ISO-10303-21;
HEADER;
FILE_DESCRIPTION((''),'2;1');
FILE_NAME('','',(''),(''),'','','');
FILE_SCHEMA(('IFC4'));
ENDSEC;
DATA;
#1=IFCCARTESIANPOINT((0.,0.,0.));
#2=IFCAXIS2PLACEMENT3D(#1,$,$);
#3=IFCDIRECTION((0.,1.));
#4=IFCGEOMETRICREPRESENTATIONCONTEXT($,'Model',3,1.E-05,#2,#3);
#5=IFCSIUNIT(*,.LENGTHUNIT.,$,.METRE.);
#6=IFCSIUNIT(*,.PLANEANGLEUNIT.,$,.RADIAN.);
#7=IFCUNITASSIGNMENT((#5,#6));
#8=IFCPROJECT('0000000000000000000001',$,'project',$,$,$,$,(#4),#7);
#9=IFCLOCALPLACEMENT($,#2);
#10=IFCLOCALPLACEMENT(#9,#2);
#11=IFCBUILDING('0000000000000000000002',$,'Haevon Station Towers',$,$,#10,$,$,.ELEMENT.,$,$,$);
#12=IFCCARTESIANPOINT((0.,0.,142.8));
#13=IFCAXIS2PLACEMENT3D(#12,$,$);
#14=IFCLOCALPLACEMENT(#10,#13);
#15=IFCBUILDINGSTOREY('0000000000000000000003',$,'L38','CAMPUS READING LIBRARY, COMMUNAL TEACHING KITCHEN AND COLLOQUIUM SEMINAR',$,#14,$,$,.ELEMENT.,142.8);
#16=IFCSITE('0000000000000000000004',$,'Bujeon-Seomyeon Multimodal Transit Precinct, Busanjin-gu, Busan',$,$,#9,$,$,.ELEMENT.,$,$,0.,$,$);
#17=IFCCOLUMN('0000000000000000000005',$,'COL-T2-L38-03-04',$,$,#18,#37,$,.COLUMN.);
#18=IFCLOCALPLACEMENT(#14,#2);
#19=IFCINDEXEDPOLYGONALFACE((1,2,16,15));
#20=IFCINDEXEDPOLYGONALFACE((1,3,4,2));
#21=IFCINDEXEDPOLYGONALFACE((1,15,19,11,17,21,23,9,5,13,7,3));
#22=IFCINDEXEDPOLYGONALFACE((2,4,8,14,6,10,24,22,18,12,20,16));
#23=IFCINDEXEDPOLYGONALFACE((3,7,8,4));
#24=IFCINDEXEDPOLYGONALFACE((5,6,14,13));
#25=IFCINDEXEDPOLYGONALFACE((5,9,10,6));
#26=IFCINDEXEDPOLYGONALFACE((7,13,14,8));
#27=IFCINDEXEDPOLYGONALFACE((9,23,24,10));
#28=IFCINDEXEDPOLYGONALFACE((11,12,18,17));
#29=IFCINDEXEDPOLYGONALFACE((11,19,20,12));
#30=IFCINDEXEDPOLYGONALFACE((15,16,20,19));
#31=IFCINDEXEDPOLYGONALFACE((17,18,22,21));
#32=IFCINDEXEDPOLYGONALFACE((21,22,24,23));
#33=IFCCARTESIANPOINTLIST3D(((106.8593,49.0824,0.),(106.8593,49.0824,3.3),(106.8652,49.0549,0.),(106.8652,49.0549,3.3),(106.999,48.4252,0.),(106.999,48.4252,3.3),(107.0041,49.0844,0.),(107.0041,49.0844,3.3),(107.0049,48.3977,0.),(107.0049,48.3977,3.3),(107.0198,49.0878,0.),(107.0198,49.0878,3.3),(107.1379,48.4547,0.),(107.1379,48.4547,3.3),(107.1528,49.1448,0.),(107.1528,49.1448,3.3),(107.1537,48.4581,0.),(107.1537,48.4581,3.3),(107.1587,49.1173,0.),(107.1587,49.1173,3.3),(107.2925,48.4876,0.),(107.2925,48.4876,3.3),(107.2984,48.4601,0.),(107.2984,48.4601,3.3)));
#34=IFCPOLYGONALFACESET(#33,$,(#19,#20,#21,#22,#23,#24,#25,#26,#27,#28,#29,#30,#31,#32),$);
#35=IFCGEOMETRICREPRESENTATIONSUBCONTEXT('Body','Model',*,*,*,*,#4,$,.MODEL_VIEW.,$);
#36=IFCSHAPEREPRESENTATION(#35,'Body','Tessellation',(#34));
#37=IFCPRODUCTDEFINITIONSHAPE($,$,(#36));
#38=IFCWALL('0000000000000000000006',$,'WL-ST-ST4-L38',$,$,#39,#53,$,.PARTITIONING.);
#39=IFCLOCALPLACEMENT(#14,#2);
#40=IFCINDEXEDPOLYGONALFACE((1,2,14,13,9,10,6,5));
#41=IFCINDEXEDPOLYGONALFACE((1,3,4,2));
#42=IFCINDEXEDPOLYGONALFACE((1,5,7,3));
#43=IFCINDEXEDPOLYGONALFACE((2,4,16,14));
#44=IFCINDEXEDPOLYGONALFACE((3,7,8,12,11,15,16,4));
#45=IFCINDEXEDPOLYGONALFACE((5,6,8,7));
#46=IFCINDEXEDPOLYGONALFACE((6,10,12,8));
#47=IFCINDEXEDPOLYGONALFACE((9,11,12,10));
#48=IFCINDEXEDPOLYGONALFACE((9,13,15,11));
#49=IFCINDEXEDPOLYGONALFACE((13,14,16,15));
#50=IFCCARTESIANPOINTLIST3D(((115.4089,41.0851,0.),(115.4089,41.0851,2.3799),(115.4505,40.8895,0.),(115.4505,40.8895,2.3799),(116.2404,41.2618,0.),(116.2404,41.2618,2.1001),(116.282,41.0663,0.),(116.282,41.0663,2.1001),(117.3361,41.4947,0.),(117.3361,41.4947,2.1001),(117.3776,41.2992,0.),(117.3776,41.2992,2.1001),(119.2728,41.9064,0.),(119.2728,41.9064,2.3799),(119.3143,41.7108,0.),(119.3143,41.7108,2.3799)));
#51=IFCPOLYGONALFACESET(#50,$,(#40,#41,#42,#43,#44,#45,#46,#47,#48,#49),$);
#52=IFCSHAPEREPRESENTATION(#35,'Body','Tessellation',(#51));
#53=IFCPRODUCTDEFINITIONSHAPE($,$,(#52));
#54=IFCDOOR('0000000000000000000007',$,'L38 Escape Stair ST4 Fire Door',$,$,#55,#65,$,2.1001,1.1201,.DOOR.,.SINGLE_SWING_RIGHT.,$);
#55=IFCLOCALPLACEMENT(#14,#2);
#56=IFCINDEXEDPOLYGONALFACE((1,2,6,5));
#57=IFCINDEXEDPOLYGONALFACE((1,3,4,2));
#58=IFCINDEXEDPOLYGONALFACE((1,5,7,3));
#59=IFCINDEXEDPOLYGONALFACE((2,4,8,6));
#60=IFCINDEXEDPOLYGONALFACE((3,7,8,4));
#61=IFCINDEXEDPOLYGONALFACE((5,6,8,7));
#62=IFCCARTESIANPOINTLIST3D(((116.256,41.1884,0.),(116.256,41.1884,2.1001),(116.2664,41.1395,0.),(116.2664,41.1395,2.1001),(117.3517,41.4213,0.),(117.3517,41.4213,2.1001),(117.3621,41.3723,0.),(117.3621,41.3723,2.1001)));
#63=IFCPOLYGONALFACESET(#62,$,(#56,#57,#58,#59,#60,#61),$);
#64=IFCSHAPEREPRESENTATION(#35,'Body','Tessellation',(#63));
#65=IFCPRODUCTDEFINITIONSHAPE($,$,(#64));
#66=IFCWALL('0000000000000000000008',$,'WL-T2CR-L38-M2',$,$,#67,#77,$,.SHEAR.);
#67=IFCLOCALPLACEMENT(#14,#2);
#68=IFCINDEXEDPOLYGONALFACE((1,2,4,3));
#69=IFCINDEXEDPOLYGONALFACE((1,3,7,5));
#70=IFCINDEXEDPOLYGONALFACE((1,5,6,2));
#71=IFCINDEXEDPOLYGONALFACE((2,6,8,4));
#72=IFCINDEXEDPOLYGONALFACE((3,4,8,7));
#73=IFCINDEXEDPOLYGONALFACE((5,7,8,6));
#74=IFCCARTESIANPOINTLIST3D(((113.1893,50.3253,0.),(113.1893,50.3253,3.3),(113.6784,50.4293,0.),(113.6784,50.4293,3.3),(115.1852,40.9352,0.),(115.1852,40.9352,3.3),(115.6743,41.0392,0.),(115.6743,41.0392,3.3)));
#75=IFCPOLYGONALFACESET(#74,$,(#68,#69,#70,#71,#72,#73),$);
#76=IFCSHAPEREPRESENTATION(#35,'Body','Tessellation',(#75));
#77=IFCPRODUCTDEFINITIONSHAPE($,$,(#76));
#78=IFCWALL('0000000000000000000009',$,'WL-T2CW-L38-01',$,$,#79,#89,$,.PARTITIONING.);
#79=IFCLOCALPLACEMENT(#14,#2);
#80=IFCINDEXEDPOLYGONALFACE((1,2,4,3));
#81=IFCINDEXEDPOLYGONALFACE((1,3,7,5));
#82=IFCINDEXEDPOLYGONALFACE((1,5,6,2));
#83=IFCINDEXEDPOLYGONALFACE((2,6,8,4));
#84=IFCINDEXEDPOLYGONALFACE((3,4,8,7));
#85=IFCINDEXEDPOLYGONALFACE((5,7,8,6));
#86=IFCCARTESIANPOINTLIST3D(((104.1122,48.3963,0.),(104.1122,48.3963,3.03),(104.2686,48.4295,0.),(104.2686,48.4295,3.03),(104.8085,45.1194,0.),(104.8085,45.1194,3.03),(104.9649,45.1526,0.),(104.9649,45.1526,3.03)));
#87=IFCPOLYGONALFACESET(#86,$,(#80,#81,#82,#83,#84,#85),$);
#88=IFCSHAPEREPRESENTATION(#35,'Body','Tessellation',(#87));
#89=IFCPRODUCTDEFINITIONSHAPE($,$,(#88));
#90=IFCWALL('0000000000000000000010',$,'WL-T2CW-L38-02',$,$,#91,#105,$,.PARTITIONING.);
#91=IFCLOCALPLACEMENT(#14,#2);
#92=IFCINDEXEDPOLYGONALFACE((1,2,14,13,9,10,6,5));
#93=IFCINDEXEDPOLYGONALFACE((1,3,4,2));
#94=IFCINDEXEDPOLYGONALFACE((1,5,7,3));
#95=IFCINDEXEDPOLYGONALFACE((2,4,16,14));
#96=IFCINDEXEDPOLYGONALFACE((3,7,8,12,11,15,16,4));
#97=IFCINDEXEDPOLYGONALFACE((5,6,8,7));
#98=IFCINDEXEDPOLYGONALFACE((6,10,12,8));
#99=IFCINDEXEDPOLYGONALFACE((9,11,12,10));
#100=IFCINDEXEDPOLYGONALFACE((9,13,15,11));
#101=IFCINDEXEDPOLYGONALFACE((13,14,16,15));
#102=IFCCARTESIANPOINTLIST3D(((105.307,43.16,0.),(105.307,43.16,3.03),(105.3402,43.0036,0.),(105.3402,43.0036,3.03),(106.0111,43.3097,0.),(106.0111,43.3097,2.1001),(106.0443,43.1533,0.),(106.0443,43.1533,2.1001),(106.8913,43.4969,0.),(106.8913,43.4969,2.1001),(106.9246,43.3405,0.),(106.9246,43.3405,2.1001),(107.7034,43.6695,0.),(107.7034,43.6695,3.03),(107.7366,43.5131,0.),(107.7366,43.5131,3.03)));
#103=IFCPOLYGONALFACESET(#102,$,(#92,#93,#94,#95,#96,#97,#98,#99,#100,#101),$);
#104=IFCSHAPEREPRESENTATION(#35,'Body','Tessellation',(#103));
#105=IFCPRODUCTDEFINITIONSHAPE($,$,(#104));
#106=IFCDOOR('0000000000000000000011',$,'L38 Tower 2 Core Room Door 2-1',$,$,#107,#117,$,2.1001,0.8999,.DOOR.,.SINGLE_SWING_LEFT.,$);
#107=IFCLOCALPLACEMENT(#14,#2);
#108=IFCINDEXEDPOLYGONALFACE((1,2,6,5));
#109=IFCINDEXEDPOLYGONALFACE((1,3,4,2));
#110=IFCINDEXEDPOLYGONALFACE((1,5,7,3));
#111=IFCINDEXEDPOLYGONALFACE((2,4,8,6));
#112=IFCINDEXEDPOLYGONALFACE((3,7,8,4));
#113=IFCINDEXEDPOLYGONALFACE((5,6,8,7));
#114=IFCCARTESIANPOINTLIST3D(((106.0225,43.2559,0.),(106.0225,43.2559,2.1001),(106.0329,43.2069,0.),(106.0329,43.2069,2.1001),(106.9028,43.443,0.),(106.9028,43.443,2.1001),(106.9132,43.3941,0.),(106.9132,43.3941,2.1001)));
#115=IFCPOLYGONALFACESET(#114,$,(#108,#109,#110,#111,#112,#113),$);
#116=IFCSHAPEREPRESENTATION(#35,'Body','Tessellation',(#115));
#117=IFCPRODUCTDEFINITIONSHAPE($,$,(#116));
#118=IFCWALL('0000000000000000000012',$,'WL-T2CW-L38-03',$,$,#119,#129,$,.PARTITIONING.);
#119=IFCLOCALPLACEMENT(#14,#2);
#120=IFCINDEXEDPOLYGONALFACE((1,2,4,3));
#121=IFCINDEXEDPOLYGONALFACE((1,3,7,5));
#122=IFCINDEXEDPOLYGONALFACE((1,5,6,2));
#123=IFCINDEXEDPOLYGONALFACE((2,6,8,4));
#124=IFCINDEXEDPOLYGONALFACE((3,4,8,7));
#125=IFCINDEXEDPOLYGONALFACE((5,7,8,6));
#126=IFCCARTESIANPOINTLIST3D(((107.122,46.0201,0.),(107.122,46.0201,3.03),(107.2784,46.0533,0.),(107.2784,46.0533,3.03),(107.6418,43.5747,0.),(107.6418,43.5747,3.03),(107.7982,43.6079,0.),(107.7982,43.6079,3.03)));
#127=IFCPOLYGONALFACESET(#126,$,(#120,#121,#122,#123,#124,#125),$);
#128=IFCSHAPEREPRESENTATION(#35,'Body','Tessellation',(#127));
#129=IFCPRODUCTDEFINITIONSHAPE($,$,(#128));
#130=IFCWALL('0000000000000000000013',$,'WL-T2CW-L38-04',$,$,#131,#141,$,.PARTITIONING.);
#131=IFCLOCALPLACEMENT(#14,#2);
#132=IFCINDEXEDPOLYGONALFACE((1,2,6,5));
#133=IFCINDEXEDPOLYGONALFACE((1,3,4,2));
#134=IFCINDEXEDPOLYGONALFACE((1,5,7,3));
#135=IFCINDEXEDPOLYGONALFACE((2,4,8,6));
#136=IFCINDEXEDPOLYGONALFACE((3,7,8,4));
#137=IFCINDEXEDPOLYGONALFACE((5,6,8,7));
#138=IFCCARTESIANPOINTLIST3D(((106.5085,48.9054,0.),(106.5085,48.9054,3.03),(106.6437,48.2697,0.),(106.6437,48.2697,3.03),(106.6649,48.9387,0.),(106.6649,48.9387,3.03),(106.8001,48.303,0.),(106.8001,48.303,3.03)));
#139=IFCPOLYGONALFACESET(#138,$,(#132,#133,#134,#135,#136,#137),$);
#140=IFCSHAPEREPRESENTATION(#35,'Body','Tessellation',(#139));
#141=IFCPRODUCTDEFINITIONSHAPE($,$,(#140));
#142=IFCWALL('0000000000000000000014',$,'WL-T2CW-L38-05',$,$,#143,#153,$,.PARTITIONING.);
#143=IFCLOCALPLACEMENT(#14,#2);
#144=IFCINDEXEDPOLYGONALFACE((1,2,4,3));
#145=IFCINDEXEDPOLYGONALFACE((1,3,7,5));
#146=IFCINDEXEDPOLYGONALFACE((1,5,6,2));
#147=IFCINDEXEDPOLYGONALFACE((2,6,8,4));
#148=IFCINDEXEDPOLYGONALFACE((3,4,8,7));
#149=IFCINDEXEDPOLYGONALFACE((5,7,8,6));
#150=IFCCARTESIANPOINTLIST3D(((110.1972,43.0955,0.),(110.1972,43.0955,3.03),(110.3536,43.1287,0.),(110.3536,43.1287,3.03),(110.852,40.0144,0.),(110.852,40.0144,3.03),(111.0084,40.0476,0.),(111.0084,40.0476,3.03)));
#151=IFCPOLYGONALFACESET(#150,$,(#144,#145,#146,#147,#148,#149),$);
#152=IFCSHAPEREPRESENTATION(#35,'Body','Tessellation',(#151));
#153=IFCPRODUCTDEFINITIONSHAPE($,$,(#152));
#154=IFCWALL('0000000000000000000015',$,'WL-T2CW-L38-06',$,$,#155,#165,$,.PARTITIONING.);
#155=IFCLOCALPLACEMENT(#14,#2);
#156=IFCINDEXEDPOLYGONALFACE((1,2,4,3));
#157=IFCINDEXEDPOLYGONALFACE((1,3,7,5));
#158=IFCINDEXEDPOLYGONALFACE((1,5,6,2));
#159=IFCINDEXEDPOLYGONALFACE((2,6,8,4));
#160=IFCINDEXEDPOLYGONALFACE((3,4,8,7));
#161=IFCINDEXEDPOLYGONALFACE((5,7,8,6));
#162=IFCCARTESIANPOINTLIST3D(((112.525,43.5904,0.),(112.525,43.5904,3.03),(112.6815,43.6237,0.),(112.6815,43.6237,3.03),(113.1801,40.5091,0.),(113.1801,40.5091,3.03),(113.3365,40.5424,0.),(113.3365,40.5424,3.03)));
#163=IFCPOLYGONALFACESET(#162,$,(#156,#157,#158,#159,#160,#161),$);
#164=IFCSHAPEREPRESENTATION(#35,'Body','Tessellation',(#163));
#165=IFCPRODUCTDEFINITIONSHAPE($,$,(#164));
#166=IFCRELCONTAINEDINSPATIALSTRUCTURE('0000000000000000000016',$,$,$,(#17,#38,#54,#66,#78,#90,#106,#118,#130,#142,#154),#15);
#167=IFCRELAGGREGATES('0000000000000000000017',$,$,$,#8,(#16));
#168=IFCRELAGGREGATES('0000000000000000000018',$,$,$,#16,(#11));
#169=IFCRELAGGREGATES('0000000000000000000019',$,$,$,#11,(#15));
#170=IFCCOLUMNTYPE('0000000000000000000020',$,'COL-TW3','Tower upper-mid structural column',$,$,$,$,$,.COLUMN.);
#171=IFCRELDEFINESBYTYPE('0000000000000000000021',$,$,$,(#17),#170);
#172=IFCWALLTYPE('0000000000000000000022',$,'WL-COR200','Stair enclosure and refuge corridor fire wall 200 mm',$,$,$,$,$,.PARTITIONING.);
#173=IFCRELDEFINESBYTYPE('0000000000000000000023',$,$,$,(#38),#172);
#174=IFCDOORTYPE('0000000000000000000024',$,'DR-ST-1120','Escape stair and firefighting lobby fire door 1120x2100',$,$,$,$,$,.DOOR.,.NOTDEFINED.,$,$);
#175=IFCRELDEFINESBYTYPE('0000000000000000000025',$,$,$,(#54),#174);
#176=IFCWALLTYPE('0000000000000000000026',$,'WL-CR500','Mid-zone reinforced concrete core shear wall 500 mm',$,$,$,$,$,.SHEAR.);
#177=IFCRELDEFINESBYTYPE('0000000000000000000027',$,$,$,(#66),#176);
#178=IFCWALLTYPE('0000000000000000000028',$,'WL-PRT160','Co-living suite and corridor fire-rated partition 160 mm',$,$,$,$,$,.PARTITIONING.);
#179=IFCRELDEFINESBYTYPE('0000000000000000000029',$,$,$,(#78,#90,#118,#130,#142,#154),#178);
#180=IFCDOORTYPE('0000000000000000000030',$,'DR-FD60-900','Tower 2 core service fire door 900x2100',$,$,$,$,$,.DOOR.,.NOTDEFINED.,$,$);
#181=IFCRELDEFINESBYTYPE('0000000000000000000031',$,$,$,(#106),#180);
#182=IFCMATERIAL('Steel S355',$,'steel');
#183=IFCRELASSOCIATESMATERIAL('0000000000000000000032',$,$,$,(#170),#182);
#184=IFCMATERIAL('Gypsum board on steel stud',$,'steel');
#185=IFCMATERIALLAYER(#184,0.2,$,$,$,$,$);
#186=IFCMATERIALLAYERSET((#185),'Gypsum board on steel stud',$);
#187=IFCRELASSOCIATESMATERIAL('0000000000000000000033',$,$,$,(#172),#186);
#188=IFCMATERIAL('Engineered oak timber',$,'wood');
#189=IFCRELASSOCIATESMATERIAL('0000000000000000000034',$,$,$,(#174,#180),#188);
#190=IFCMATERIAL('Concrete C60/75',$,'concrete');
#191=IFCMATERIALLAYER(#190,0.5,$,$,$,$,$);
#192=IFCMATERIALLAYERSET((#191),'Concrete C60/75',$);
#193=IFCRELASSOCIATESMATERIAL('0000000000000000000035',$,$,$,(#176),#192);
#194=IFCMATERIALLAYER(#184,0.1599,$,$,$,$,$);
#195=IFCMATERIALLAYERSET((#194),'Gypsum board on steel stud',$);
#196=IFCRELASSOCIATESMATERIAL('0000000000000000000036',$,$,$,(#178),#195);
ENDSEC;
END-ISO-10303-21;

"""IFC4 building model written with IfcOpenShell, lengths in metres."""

from ifc_helpers import new_model, si_unit, direction, frame, frame_2d, origin, origin_2d, place, context, subcontext, project, spatial, rectangle, i_section, extrude, material, layer, layer_set, material_profile, profile_set, type_object, element, fill, save


model = new_model("IFC4")

# Units and contexts
model_context = context("Model", 3, precision=1e-05, world=origin(), true_north=direction((0.0, 1.0)))
body_context = subcontext(model_context, "Body", "Model", "MODEL_VIEW")
ifc_project = project(units=[si_unit("LENGTHUNIT", "METRE"), si_unit("PLANEANGLEUNIT", "RADIAN")], contexts=[model_context])

# Site, building, storey
site_placement = place(None, origin())
site = spatial("IfcSite", under=ifc_project, at=site_placement, Name="Bujeon-Seomyeon Multimodal Transit Precinct, Busanjin-gu, Busan", CompositionType="ELEMENT", RefElevation=0.0)
building_placement = place(site_placement, origin())
building = spatial("IfcBuilding", under=site, at=building_placement, Name="Haevon Station Towers", CompositionType="ELEMENT")
storey_placement = place(building_placement, frame((0.0, 0.0, 142.8)))
storey = spatial("IfcBuildingStorey", under=building, at=storey_placement, Name="L38", Description="CAMPUS READING LIBRARY, COMMUNAL TEACHING KITCHEN AND COLLOQUIUM SEMINAR", CompositionType="ELEMENT", Elevation=142.8)

# Column
ifc_material_1 = material(Name="Steel S355", Category="steel")
ifc_material_profile = material_profile(ifc_material_1, i_section(OverallWidth=0.3, OverallDepth=0.7, WebThickness=0.0161, FlangeThickness=0.0281, at=origin_2d()), Name="H-700x300x16x28")
ifc_profile_set = profile_set([ifc_material_profile], Name="Steel S355")
column_type = type_object("IfcColumnType", Name="COL-TW3", Description="Tower upper-mid structural column", PredefinedType="COLUMN", material=ifc_profile_set)
column_placement = place(storey_placement, frame((107.0789, 48.7712, 0.0), z_axis=(0.0, 0.0, 1.0), x_axis=(0.978148, 0.207912, 0.0)))
element("IfcColumn", 1, at=column_placement, inside=storey, type_object=column_type, Name="COL-T2-L38-03-04", PredefinedType="COLUMN", context=body_context, shape_type="SweptSolid", body=[
    extrude(i_section(OverallWidth=0.3, OverallDepth=0.7, WebThickness=0.0161, FlangeThickness=0.0281, at=origin_2d()), origin(), (0.0, 0.0, 1.0), 3.3),
])

# Wall, opening, door
ifc_material_2 = material(Name="Gypsum board on steel stud", Category="steel")
ifc_layer_1 = layer(ifc_material_2, 0.2)
ifc_layer_set_1 = layer_set([ifc_layer_1], Name="Gypsum board on steel stud")
wall_type_1 = type_object("IfcWallType", Name="WL-COR200", Description="Stair enclosure and refuge corridor fire wall 200 mm", PredefinedType="PARTITIONING", material=ifc_layer_set_1)
wall_1_placement = place(storey_placement, frame((115.4297, 40.9873, 0.0), z_axis=(0.0, 0.0, 1.0), x_axis=(0.978147, 0.207916, 0.0)))
wall_1 = element("IfcWall", 2, at=wall_1_placement, inside=storey, type_object=wall_type_1, Name="WL-ST-ST4-L38", PredefinedType="PARTITIONING", context=body_context, shape_type="SweptSolid", body=[
    extrude(rectangle(XDim=3.9502, YDim=0.2, at=frame_2d((1.9751, 0.0))), origin(), (0.0, 0.0, 1.0), 2.3799),
])
opening_1_placement = place(wall_1_placement, frame((0.8501, 0.0, 0.0)))
opening_1 = element("IfcOpeningElement", 3, at=opening_1_placement, cuts=wall_1, PredefinedType="OPENING", context=body_context, shape_type="SweptSolid", body=[
    extrude(rectangle(XDim=1.1201, YDim=2.1001, at=frame_2d((0.5601, 1.05))), frame((0.0, 0.1099, 0.0), z_axis=(0.0, -1.0, 0.0), x_axis=(1.0, 0.0, 0.0)), (0.0, 0.0, 1.0), 0.22),
])
ifc_material_3 = material(Name="Engineered oak timber", Category="wood")
door_type_1 = type_object("IfcDoorType", Name="DR-ST-1120", Description="Escape stair and firefighting lobby fire door 1120x2100", OperationType="NOTDEFINED", PredefinedType="DOOR", material=ifc_material_3)
door_1_placement = place(opening_1_placement, origin())
door_1 = element("IfcDoor", 4, at=door_1_placement, inside=storey, type_object=door_type_1, Name="L38 Escape Stair ST4 Fire Door", OperationType="SINGLE_SWING_RIGHT", OverallHeight=2.1001, OverallWidth=1.1201, PredefinedType="DOOR", context=body_context, shape_type="SweptSolid", body=[
    extrude(rectangle(XDim=1.1201, YDim=2.1001, at=frame_2d((0.5601, 1.05))), frame((0.0, 0.0249, 0.0), z_axis=(0.0, -1.0, 0.0), x_axis=(1.0, 0.0, 0.0)), (0.0, 0.0, 1.0), 0.05),
])
fill(opening_1, door_1)

# Walls
ifc_material_4 = material(Name="Concrete C60/75", Category="concrete")
ifc_layer_2 = layer(ifc_material_4, 0.5)
ifc_layer_set_2 = layer_set([ifc_layer_2], Name="Concrete C60/75")
wall_type_2 = type_object("IfcWallType", Name="WL-CR500", Description="Mid-zone reinforced concrete core shear wall 500 mm", PredefinedType="SHEAR", material=ifc_layer_set_2)
wall_2_placement = place(storey_placement, frame((115.4297, 40.9873, 0.0), z_axis=(0.0, 0.0, 1.0), x_axis=(-0.207903, 0.978149, 0.0)))
element("IfcWall", 5, at=wall_2_placement, inside=storey, type_object=wall_type_2, Name="WL-T2CR-L38-M2", PredefinedType="SHEAR", context=body_context, shape_type="SweptSolid", body=[
    extrude(rectangle(XDim=9.5999, YDim=0.5, at=frame_2d((4.7998, 0.0))), origin(), (0.0, 0.0, 1.0), 3.3),
])
ifc_layer_3 = layer(ifc_material_2, 0.1599)
ifc_layer_set_3 = layer_set([ifc_layer_3], Name="Gypsum board on steel stud")
wall_type_3 = type_object("IfcWallType", Name="WL-PRT160", Description="Co-living suite and corridor fire-rated partition 160 mm", PredefinedType="PARTITIONING", material=ifc_layer_set_3)
wall_3_placement = place(storey_placement, frame((104.8867, 45.136, 0.0), z_axis=(0.0, 0.0, 1.0), x_axis=(-0.207847, 0.978161, 0.0)))
element("IfcWall", 6, at=wall_3_placement, inside=storey, type_object=wall_type_3, Name="WL-T2CW-L38-01", PredefinedType="PARTITIONING", context=body_context, shape_type="SweptSolid", body=[
    extrude(rectangle(XDim=3.3501, YDim=0.1599, at=frame_2d((1.675, 0.0))), origin(), (0.0, 0.0, 1.0), 3.03),
])

# Wall, opening, door
wall_4_placement = place(storey_placement, frame((105.3235, 43.0818, 0.0), z_axis=(0.0, 0.0, 1.0), x_axis=(0.978137, 0.207964, 0.0)))
wall_4 = element("IfcWall", 7, at=wall_4_placement, inside=storey, type_object=wall_type_3, Name="WL-T2CW-L38-02", PredefinedType="PARTITIONING", context=body_context, shape_type="SweptSolid", body=[
    extrude(rectangle(XDim=2.45, YDim=0.1599, at=frame_2d((1.2251, 0.0))), origin(), (0.0, 0.0, 1.0), 3.03),
])
opening_2_placement = place(wall_4_placement, frame((0.72, 0.0, 0.0)))
opening_2 = element("IfcOpeningElement", 8, at=opening_2_placement, cuts=wall_4, PredefinedType="OPENING", context=body_context, shape_type="SweptSolid", body=[
    extrude(rectangle(XDim=0.8999, YDim=2.1001, at=frame_2d((0.45, 1.05))), frame((0.0, 0.0898, 0.0), z_axis=(0.0, -1.0, 0.0), x_axis=(1.0, 0.0, 0.0)), (0.0, 0.0, 1.0), 0.1799),
])
door_type_2 = type_object("IfcDoorType", Name="DR-FD60-900", Description="Tower 2 core service fire door 900x2100", OperationType="NOTDEFINED", PredefinedType="DOOR", material=ifc_material_3)
door_2_placement = place(opening_2_placement, origin())
door_2 = element("IfcDoor", 9, at=door_2_placement, inside=storey, type_object=door_type_2, Name="L38 Tower 2 Core Room Door 2-1", OperationType="SINGLE_SWING_LEFT", OverallHeight=2.1001, OverallWidth=0.8999, PredefinedType="DOOR", context=body_context, shape_type="SweptSolid", body=[
    extrude(rectangle(XDim=0.8999, YDim=2.1001, at=frame_2d((0.45, 1.05))), frame((0.0, 0.0249, 0.0), z_axis=(0.0, -1.0, 0.0), x_axis=(1.0, 0.0, 0.0)), (0.0, 0.0, 1.0), 0.05),
])
fill(opening_2, door_2)

# Walls
wall_5_placement = place(storey_placement, frame((107.72, 43.5913, 0.0), z_axis=(0.0, 0.0, 1.0), x_axis=(-0.207915, 0.978147, 0.0)))
element("IfcWall", 10, at=wall_5_placement, inside=storey, type_object=wall_type_3, Name="WL-T2CW-L38-03", PredefinedType="PARTITIONING", context=body_context, shape_type="SweptSolid", body=[
    extrude(rectangle(XDim=2.5, YDim=0.1599, at=frame_2d((1.25, 0.0))), origin(), (0.0, 0.0, 1.0), 3.03),
])
wall_6_placement = place(storey_placement, frame((106.7219, 48.2864, 0.0), z_axis=(0.0, 0.0, 1.0), x_axis=(-0.208092, 0.978109, 0.0)))
element("IfcWall", 11, at=wall_6_placement, inside=storey, type_object=wall_type_3, Name="WL-T2CW-L38-04", PredefinedType="PARTITIONING", context=body_context, shape_type="SweptSolid", body=[
    extrude(rectangle(XDim=0.6499, YDim=0.1599, at=frame_2d((0.325, 0.0))), origin(), (0.0, 0.0, 1.0), 3.03),
])
wall_7_placement = place(storey_placement, frame((110.9302, 40.031, 0.0), z_axis=(0.0, 0.0, 1.0), x_axis=(-0.207877, 0.978155, 0.0)))
element("IfcWall", 12, at=wall_7_placement, inside=storey, type_object=wall_type_3, Name="WL-T2CW-L38-05", PredefinedType="PARTITIONING", context=body_context, shape_type="SweptSolid", body=[
    extrude(rectangle(XDim=3.1499, YDim=0.1599, at=frame_2d((1.575, 0.0))), origin(), (0.0, 0.0, 1.0), 3.03),
])
wall_8_placement = place(storey_placement, frame((113.2583, 40.5256, 0.0), z_axis=(0.0, 0.0, 1.0), x_axis=(-0.207936, 0.978142, 0.0)))
element("IfcWall", 13, at=wall_8_placement, inside=storey, type_object=wall_type_3, Name="WL-T2CW-L38-06", PredefinedType="PARTITIONING", context=body_context, shape_type="SweptSolid", body=[
    extrude(rectangle(XDim=3.1501, YDim=0.1599, at=frame_2d((1.5752, 0.0))), origin(), (0.0, 0.0, 1.0), 3.03),
])

save(model, "model.ifc")
